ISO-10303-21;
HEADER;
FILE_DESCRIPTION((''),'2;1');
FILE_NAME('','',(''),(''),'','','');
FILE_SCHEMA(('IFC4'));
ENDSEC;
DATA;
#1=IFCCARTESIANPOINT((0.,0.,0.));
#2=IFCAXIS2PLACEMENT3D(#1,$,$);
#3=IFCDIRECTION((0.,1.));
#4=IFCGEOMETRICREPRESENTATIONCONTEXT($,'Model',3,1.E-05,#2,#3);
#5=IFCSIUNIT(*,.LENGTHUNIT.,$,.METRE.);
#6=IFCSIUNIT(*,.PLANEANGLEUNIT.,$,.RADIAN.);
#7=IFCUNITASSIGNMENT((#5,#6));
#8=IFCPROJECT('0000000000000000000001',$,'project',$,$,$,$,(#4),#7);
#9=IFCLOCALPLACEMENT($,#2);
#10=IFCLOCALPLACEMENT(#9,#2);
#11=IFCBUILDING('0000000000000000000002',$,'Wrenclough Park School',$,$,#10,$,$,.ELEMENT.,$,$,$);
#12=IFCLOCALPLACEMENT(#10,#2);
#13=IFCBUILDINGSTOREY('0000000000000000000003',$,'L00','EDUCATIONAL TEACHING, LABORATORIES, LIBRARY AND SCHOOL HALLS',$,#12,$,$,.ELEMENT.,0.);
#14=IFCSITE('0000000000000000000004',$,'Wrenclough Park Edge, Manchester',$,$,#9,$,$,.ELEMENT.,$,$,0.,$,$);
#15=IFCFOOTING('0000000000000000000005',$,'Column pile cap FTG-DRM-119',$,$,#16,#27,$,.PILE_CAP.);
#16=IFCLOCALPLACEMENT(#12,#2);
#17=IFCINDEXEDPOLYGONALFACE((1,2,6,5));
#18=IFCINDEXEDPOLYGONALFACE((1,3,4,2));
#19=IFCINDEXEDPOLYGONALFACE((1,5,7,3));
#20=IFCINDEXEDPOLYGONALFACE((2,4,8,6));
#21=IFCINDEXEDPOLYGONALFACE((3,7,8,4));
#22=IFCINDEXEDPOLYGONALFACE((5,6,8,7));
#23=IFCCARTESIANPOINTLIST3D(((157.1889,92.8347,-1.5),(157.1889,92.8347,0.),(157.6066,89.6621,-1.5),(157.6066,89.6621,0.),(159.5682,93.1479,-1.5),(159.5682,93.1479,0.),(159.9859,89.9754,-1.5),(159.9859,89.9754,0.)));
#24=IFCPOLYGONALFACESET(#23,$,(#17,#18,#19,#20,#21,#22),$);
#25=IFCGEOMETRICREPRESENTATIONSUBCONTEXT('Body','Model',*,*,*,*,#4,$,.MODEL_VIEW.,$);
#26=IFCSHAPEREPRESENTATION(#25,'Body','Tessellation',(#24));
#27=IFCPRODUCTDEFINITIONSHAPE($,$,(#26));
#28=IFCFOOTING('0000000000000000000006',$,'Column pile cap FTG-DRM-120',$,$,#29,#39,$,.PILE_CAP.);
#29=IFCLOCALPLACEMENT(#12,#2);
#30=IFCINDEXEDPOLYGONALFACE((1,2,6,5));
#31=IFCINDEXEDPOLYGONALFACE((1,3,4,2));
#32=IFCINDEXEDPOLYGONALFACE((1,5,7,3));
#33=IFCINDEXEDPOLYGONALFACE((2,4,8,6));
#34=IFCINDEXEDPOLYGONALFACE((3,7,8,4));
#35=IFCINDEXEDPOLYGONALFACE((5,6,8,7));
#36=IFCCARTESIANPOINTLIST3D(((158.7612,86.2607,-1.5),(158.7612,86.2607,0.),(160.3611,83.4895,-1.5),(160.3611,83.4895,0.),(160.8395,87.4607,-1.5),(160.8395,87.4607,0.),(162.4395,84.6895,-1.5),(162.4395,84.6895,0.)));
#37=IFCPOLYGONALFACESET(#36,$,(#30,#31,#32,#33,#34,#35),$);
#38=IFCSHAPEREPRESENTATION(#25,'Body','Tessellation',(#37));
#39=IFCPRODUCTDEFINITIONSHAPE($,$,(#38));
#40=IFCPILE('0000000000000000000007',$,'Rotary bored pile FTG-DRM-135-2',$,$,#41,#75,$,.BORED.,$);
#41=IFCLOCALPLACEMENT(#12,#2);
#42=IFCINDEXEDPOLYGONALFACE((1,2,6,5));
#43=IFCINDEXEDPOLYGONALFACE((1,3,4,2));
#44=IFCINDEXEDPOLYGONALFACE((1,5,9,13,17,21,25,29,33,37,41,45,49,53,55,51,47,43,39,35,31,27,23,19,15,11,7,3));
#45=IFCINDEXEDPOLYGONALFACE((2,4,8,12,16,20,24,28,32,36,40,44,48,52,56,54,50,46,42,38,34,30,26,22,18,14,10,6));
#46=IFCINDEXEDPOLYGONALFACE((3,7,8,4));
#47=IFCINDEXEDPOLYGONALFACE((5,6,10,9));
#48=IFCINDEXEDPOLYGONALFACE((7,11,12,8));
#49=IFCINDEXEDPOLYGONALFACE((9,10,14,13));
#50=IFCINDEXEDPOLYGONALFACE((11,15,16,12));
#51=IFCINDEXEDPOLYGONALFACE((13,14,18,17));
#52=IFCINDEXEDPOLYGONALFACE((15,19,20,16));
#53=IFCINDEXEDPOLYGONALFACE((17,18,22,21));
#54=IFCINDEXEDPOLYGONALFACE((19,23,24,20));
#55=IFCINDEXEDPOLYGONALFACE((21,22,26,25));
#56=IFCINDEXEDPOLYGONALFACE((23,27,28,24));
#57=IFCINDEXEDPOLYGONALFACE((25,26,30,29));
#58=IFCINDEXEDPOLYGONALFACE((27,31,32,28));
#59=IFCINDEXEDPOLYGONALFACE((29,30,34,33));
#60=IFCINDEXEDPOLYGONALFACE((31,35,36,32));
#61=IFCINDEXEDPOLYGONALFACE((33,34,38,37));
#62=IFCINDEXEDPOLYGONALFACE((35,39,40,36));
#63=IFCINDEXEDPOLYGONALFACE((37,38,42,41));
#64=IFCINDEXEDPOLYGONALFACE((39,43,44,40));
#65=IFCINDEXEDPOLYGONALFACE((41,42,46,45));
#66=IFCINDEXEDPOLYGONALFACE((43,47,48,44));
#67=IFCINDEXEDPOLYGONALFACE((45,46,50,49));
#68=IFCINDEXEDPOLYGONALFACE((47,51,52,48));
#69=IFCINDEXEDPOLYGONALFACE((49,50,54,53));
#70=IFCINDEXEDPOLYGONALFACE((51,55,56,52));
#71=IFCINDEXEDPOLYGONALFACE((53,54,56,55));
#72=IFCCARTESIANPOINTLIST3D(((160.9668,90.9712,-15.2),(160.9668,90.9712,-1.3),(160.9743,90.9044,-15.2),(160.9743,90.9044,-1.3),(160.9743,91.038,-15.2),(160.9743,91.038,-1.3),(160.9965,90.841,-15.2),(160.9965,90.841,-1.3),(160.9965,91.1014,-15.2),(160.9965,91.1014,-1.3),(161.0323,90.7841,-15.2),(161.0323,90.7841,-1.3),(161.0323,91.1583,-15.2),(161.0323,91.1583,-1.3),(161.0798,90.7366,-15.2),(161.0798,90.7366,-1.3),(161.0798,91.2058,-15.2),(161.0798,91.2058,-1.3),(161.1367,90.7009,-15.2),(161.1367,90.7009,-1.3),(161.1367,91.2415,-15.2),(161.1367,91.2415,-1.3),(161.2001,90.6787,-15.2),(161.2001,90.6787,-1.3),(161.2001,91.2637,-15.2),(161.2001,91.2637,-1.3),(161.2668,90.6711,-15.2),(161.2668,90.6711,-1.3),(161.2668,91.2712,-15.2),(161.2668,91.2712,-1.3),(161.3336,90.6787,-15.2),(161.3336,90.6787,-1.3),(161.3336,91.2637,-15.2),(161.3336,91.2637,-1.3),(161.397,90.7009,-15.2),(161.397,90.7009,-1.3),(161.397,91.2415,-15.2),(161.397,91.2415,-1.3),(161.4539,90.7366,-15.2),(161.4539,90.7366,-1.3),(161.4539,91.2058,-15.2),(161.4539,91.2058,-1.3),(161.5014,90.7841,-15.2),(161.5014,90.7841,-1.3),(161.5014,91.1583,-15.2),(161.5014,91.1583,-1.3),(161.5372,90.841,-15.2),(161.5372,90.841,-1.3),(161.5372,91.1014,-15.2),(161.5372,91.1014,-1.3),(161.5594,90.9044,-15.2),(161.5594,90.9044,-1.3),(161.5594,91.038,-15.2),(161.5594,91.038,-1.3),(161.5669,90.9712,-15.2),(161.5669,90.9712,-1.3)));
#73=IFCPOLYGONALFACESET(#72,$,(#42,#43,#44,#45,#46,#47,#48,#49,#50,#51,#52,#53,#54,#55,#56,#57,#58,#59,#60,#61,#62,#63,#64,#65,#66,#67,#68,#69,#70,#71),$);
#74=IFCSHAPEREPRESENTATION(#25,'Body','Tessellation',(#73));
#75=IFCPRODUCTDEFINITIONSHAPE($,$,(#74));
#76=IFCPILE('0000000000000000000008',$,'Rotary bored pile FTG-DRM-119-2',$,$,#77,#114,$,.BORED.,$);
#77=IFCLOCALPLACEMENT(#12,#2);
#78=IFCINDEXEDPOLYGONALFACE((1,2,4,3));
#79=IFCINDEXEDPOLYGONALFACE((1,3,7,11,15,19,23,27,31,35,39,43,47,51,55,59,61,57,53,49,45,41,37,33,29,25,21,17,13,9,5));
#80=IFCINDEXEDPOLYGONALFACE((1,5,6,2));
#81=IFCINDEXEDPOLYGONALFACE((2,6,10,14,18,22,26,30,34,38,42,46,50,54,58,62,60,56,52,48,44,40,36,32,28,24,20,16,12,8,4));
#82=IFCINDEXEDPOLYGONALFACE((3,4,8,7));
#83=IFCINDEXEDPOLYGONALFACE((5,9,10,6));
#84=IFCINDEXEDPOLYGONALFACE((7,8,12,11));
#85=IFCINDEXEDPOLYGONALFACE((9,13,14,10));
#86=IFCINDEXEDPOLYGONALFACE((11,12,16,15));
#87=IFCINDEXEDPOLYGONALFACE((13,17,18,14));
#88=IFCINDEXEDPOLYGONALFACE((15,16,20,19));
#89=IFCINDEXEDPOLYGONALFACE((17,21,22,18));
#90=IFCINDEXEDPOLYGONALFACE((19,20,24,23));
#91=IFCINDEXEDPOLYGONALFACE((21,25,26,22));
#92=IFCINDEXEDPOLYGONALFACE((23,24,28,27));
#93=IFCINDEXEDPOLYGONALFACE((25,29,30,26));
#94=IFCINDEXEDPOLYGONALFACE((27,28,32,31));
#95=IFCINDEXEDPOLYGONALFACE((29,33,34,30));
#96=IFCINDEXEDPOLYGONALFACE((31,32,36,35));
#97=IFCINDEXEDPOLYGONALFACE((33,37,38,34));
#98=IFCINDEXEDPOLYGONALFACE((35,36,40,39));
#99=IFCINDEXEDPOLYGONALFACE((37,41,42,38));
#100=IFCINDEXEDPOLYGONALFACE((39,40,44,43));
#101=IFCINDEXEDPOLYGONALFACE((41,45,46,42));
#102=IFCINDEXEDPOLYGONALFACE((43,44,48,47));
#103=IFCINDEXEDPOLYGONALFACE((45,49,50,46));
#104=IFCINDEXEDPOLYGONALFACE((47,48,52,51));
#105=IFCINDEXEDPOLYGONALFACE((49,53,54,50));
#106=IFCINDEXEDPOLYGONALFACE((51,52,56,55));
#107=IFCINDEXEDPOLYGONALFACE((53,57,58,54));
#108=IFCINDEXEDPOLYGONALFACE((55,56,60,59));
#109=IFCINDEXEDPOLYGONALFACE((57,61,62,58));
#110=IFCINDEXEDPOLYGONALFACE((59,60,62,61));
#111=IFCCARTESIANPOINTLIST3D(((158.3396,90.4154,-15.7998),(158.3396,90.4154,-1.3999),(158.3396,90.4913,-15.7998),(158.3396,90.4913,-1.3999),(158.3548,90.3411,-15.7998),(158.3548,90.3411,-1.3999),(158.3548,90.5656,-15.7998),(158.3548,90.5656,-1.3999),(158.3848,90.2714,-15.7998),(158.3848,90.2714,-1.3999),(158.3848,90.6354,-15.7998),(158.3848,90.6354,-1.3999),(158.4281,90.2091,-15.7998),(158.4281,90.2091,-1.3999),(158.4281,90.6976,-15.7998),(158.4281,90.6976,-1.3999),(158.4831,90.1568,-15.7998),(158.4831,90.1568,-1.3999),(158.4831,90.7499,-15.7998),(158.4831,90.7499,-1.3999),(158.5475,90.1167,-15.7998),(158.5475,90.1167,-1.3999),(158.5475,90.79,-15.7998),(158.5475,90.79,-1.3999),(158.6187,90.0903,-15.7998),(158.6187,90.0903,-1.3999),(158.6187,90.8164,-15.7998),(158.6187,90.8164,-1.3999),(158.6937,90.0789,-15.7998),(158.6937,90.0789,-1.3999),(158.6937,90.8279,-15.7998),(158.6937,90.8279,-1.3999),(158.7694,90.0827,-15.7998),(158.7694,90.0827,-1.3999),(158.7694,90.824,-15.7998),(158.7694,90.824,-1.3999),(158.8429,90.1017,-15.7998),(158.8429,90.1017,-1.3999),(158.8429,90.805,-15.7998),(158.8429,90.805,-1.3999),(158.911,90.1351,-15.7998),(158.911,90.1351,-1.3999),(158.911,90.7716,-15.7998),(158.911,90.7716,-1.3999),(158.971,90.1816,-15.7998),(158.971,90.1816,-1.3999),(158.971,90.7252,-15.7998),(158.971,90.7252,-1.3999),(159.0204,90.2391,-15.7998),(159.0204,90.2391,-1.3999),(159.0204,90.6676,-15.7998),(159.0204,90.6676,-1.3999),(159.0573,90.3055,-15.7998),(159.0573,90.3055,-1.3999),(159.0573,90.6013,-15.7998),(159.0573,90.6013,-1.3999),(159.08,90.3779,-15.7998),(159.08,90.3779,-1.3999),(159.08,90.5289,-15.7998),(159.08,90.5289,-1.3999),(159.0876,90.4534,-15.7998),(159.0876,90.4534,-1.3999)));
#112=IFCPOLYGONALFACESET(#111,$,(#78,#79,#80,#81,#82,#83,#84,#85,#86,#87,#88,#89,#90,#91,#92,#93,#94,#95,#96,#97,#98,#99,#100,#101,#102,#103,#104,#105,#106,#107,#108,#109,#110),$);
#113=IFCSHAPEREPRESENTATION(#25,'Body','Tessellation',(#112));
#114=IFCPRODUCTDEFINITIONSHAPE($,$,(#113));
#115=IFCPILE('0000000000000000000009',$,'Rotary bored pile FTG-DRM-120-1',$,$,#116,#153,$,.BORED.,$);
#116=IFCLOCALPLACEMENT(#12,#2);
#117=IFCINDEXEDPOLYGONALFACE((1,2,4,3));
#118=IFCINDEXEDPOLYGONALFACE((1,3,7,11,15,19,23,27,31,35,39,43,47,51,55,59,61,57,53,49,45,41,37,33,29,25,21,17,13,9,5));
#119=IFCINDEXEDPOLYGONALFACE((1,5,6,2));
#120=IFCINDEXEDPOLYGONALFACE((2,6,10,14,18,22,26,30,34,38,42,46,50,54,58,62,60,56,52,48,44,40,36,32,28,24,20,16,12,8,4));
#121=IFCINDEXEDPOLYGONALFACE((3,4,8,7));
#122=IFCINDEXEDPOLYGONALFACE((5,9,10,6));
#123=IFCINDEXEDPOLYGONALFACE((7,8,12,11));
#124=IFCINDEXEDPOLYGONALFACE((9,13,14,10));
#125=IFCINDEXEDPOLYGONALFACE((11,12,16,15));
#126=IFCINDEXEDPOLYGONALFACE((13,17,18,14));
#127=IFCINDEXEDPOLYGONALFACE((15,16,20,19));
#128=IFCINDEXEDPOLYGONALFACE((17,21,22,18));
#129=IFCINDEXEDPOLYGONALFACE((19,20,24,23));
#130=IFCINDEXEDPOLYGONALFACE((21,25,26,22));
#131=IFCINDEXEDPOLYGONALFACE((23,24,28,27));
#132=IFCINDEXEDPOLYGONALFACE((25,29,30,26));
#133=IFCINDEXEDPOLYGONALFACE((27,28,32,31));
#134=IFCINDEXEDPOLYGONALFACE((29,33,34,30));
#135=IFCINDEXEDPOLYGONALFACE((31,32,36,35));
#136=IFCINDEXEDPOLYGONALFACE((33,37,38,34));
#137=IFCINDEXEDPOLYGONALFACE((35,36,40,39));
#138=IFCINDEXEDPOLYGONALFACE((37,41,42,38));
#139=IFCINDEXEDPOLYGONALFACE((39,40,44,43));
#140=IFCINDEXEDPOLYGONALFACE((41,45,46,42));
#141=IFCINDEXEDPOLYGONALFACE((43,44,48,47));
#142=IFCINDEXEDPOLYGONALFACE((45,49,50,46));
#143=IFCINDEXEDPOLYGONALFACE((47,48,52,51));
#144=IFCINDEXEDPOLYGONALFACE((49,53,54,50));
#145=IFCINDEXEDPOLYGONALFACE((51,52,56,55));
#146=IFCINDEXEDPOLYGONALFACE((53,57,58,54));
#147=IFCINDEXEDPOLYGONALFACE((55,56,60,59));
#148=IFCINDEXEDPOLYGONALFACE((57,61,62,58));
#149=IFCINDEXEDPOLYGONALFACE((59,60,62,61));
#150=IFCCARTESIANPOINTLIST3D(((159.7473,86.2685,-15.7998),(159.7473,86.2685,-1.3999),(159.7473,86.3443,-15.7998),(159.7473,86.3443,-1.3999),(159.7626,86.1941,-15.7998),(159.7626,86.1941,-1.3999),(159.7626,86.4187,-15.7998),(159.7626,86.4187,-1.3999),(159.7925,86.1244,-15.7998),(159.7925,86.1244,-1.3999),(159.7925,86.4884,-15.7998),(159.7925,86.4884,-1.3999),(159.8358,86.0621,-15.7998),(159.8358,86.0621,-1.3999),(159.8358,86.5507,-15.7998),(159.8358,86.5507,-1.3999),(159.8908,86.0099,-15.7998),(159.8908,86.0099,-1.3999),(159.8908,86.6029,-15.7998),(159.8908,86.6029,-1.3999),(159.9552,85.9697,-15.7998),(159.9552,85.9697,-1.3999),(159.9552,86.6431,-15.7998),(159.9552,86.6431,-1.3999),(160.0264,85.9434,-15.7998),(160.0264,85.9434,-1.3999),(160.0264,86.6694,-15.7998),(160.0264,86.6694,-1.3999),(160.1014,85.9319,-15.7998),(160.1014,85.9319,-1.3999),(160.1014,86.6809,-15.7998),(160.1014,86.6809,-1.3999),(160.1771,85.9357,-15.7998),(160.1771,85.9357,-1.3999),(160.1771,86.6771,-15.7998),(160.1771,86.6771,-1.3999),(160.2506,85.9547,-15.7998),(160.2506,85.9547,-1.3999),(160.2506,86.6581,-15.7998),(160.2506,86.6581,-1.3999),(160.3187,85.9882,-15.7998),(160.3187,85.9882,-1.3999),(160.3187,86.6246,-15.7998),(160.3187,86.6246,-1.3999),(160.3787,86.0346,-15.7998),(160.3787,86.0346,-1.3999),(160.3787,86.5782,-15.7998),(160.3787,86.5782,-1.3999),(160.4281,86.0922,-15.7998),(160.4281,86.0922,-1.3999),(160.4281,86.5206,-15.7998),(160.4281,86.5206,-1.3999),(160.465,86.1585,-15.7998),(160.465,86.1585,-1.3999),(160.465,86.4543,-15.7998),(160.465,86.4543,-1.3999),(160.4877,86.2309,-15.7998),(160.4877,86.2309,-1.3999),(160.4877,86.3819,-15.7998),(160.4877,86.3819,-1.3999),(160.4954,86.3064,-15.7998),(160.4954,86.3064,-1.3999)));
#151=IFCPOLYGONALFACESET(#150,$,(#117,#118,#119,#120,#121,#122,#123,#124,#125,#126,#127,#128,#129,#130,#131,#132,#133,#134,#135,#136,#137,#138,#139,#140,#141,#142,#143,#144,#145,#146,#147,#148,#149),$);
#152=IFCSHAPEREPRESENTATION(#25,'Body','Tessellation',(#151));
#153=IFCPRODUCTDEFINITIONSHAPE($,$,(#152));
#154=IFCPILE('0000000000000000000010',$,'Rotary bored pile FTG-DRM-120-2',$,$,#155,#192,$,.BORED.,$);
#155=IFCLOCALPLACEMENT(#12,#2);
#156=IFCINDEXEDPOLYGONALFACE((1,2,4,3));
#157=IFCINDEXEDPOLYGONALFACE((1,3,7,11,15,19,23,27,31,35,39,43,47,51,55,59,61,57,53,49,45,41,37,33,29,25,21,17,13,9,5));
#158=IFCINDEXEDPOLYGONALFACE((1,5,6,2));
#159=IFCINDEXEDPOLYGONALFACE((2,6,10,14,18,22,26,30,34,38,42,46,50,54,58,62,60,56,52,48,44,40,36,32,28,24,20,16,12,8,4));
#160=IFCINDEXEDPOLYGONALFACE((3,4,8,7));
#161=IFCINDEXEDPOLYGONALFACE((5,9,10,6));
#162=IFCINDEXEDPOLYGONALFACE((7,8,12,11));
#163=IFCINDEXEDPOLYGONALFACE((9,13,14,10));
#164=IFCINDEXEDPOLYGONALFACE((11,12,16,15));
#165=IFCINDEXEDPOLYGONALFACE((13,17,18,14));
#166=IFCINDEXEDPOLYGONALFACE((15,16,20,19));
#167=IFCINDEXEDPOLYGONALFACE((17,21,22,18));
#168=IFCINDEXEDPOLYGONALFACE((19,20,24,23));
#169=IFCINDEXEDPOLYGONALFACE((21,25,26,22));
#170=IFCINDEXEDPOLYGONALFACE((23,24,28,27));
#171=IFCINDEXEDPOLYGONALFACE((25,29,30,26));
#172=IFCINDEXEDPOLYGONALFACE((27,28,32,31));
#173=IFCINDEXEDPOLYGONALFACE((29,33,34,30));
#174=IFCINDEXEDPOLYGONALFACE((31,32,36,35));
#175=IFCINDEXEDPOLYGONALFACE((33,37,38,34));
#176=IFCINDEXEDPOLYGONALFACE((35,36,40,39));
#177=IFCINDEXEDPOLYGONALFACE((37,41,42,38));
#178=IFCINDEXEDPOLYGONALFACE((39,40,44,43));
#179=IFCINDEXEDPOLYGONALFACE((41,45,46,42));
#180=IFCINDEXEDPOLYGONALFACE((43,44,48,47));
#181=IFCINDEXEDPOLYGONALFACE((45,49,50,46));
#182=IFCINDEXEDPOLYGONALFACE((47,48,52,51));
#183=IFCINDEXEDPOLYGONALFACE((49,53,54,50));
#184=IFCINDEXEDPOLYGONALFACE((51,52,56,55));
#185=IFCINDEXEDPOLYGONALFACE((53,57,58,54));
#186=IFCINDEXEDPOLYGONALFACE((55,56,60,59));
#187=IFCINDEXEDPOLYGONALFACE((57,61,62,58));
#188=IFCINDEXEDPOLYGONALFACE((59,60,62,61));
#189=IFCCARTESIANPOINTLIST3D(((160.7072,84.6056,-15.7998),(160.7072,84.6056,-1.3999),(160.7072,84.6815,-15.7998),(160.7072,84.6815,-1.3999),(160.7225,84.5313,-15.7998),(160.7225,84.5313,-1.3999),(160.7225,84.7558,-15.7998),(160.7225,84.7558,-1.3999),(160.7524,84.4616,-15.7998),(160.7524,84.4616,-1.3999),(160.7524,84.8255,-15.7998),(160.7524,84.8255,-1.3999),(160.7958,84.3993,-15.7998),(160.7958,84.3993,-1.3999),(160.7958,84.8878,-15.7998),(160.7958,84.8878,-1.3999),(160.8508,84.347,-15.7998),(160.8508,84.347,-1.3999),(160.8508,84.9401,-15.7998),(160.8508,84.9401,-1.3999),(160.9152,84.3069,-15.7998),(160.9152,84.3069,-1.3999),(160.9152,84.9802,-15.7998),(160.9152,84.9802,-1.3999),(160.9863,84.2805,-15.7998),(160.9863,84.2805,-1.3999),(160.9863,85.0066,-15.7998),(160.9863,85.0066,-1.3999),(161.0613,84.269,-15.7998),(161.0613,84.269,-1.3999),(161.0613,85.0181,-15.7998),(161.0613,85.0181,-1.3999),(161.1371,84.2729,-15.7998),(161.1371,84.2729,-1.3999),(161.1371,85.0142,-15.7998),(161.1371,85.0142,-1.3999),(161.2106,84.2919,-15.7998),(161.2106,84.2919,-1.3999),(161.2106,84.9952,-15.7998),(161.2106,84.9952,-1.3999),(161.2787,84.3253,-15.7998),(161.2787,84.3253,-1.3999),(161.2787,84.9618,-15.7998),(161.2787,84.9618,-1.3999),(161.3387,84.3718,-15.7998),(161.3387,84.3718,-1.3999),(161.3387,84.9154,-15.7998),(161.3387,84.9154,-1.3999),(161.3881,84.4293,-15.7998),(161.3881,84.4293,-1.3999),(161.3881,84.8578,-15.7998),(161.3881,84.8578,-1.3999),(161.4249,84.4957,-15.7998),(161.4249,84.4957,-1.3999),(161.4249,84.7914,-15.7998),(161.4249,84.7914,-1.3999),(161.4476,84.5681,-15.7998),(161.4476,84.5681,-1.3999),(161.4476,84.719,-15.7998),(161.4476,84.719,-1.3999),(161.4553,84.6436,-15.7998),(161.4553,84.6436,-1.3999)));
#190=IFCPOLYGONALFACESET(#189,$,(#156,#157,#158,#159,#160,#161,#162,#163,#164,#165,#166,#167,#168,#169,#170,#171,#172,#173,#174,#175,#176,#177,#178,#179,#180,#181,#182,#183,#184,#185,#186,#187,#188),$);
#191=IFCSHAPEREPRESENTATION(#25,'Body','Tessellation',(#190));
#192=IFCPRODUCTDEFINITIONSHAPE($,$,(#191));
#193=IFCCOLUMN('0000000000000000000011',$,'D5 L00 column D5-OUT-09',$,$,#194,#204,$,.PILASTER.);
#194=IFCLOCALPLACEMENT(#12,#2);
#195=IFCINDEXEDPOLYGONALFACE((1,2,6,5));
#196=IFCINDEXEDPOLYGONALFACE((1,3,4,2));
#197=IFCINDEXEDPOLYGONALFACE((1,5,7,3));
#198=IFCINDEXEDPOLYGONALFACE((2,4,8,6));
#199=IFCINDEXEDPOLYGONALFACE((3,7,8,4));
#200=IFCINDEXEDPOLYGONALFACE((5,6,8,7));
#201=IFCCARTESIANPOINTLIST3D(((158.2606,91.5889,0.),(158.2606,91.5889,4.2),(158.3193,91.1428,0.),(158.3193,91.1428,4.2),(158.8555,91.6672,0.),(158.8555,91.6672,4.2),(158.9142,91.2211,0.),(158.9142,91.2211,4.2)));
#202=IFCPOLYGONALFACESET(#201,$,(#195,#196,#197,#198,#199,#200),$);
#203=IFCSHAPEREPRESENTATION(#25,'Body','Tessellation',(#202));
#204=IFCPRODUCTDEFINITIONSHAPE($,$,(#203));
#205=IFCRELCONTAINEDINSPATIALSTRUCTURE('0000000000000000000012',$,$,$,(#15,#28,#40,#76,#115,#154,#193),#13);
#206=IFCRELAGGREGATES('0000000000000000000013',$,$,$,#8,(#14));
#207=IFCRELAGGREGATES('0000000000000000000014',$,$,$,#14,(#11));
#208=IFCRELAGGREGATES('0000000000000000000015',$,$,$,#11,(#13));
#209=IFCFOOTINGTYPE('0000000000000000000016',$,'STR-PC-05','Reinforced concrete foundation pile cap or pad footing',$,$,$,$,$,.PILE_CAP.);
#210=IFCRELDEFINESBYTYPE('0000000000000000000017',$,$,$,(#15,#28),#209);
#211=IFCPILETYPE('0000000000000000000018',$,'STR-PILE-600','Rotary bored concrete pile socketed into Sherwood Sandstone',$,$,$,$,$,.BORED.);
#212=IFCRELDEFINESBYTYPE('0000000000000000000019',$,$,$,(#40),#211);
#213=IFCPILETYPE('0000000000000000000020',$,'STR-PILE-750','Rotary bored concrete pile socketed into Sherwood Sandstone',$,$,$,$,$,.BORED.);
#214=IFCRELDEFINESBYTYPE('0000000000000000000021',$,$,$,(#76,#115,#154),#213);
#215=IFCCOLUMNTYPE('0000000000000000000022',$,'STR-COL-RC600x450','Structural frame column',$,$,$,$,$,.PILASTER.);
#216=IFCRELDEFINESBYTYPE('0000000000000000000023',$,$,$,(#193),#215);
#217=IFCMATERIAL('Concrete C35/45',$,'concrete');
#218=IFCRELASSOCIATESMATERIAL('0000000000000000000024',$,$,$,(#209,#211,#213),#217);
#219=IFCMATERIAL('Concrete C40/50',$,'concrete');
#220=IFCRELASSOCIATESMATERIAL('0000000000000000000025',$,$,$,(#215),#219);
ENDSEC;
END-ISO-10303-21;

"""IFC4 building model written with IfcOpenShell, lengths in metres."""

from ifc_helpers import new_model, si_unit, direction, frame, origin, origin_2d, place, context, subcontext, project, spatial, rectangle, circle, extrude, material, material_profile, profile_set, type_object, element, save


model = new_model("IFC4")

# Units and contexts
model_context = context("Model", 3, precision=1e-05, world=origin(), true_north=direction((0.0, 1.0)))
body_context = subcontext(model_context, "Body", "Model", "MODEL_VIEW")
ifc_project = project(units=[si_unit("LENGTHUNIT", "METRE"), si_unit("PLANEANGLEUNIT", "RADIAN")], contexts=[model_context])

# Site, building, storey
site_placement = place(None, origin())
site = spatial("IfcSite", under=ifc_project, at=site_placement, Name="Wrenclough Park Edge, Manchester", CompositionType="ELEMENT", RefElevation=0.0)
building_placement = place(site_placement, origin())
building = spatial("IfcBuilding", under=site, at=building_placement, Name="Wrenclough Park School", CompositionType="ELEMENT")
storey_placement = place(building_placement, origin())
storey = spatial("IfcBuildingStorey", under=building, at=storey_placement, Name="L00", Description="EDUCATIONAL TEACHING, LABORATORIES, LIBRARY AND SCHOOL HALLS", CompositionType="ELEMENT", Elevation=0.0)

# Footings
ifc_material_1 = material(Name="Concrete C35/45", Category="concrete")
footing_type = type_object("IfcFootingType", Name="STR-PC-05", Description="Reinforced concrete foundation pile cap or pad footing", PredefinedType="PILE_CAP", material=ifc_material_1)
for number, where, z_axis, x_axis, name in (
    (1, (158.5874, 91.405, -1.5), (0.0, 0.0, 1.0), (0.130526, -0.991445, 0.0), "Column pile cap FTG-DRM-119"),
    (2, (160.6003, 85.4751, -1.5), (0.0, 0.0, 1.0), (0.5, -0.866025, 0.0), "Column pile cap FTG-DRM-120"),
):
    element("IfcFooting", number, at=place(storey_placement, frame(where, z_axis=z_axis, x_axis=x_axis)), inside=storey, type_object=footing_type, Name=name, PredefinedType="PILE_CAP", context=body_context, shape_type="SweptSolid", body=[
        extrude(rectangle(XDim=3.2, YDim=2.3999, at=origin_2d()), origin(), (0.0, 0.0, 1.0), 1.5),
    ])

# Piles
ifc_material_profile_1 = material_profile(ifc_material_1, circle(Radius=0.3, at=origin_2d()), Name="BORED PILE D600")
ifc_profile_set_1 = profile_set([ifc_material_profile_1], Name="Concrete C35/45")
pile_type_1 = type_object("IfcPileType", Name="STR-PILE-600", Description="Rotary bored concrete pile socketed into Sherwood Sandstone", PredefinedType="BORED", material=ifc_profile_set_1)
pile_placement = place(storey_placement, frame((161.2668, 90.9712, -1.3), z_axis=(0.0, 0.0, -1.0), x_axis=(1.0, 0.0, 0.0)))
element("IfcPile", 3, at=pile_placement, inside=storey, type_object=pile_type_1, Name="Rotary bored pile FTG-DRM-135-2", PredefinedType="BORED", context=body_context, shape_type="SweptSolid", body=[
    extrude(circle(Radius=0.3, at=origin_2d()), origin(), (0.0, 0.0, 1.0), 13.8999),
])
ifc_material_profile_2 = material_profile(ifc_material_1, circle(Radius=0.375, at=origin_2d()), Name="BORED PILE D750")
ifc_profile_set_2 = profile_set([ifc_material_profile_2], Name="Concrete C35/45")
pile_type_2 = type_object("IfcPileType", Name="STR-PILE-750", Description="Rotary bored concrete pile socketed into Sherwood Sandstone", PredefinedType="BORED", material=ifc_profile_set_2)
for number, where, z_axis, x_axis, name in (
    (4, (158.7126, 90.4534, -1.3999), (0.0, 0.0, -1.0), (1.0, 0.0, 0.0), "Rotary bored pile FTG-DRM-119-2"),
    (5, (160.1204, 86.3064, -1.3999), (0.0, 0.0, -1.0), (1.0, 0.0, 0.0), "Rotary bored pile FTG-DRM-120-1"),
    (6, (161.0803, 84.6436, -1.3999), (0.0, 0.0, -1.0), (1.0, 0.0, 0.0), "Rotary bored pile FTG-DRM-120-2"),
):
    element("IfcPile", number, at=place(storey_placement, frame(where, z_axis=z_axis, x_axis=x_axis)), inside=storey, type_object=pile_type_2, Name=name, PredefinedType="BORED", context=body_context, shape_type="SweptSolid", body=[
        extrude(circle(Radius=0.375, at=origin_2d()), origin(), (0.0, 0.0, 1.0), 14.3999),
    ])

# Column
ifc_material_2 = material(Name="Concrete C40/50", Category="concrete")
ifc_material_profile_3 = material_profile(ifc_material_2, rectangle(XDim=0.45, YDim=0.6001, at=origin_2d()), Name="RC COL 600x450")
ifc_profile_set_3 = profile_set([ifc_material_profile_3], Name="Concrete C40/50")
column_type = type_object("IfcColumnType", Name="STR-COL-RC600x450", Description="Structural frame column", PredefinedType="PILASTER", material=ifc_profile_set_3)
for number, where, z_axis, x_axis, name in (
    (7, (158.5874, 91.405, 0.0), (0.0, 0.0, 1.0), (0.130526, -0.991445, 0.0), "D5 L00 column D5-OUT-09"),
):
    element("IfcColumn", number, at=place(storey_placement, frame(where, z_axis=z_axis, x_axis=x_axis)), inside=storey, type_object=column_type, Name=name, PredefinedType="PILASTER", context=body_context, shape_type="SweptSolid", body=[
        extrude(rectangle(XDim=0.45, YDim=0.6001, at=origin_2d()), origin(), (0.0, 0.0, 1.0), 4.2),
    ])

save(model, "model.ifc")
